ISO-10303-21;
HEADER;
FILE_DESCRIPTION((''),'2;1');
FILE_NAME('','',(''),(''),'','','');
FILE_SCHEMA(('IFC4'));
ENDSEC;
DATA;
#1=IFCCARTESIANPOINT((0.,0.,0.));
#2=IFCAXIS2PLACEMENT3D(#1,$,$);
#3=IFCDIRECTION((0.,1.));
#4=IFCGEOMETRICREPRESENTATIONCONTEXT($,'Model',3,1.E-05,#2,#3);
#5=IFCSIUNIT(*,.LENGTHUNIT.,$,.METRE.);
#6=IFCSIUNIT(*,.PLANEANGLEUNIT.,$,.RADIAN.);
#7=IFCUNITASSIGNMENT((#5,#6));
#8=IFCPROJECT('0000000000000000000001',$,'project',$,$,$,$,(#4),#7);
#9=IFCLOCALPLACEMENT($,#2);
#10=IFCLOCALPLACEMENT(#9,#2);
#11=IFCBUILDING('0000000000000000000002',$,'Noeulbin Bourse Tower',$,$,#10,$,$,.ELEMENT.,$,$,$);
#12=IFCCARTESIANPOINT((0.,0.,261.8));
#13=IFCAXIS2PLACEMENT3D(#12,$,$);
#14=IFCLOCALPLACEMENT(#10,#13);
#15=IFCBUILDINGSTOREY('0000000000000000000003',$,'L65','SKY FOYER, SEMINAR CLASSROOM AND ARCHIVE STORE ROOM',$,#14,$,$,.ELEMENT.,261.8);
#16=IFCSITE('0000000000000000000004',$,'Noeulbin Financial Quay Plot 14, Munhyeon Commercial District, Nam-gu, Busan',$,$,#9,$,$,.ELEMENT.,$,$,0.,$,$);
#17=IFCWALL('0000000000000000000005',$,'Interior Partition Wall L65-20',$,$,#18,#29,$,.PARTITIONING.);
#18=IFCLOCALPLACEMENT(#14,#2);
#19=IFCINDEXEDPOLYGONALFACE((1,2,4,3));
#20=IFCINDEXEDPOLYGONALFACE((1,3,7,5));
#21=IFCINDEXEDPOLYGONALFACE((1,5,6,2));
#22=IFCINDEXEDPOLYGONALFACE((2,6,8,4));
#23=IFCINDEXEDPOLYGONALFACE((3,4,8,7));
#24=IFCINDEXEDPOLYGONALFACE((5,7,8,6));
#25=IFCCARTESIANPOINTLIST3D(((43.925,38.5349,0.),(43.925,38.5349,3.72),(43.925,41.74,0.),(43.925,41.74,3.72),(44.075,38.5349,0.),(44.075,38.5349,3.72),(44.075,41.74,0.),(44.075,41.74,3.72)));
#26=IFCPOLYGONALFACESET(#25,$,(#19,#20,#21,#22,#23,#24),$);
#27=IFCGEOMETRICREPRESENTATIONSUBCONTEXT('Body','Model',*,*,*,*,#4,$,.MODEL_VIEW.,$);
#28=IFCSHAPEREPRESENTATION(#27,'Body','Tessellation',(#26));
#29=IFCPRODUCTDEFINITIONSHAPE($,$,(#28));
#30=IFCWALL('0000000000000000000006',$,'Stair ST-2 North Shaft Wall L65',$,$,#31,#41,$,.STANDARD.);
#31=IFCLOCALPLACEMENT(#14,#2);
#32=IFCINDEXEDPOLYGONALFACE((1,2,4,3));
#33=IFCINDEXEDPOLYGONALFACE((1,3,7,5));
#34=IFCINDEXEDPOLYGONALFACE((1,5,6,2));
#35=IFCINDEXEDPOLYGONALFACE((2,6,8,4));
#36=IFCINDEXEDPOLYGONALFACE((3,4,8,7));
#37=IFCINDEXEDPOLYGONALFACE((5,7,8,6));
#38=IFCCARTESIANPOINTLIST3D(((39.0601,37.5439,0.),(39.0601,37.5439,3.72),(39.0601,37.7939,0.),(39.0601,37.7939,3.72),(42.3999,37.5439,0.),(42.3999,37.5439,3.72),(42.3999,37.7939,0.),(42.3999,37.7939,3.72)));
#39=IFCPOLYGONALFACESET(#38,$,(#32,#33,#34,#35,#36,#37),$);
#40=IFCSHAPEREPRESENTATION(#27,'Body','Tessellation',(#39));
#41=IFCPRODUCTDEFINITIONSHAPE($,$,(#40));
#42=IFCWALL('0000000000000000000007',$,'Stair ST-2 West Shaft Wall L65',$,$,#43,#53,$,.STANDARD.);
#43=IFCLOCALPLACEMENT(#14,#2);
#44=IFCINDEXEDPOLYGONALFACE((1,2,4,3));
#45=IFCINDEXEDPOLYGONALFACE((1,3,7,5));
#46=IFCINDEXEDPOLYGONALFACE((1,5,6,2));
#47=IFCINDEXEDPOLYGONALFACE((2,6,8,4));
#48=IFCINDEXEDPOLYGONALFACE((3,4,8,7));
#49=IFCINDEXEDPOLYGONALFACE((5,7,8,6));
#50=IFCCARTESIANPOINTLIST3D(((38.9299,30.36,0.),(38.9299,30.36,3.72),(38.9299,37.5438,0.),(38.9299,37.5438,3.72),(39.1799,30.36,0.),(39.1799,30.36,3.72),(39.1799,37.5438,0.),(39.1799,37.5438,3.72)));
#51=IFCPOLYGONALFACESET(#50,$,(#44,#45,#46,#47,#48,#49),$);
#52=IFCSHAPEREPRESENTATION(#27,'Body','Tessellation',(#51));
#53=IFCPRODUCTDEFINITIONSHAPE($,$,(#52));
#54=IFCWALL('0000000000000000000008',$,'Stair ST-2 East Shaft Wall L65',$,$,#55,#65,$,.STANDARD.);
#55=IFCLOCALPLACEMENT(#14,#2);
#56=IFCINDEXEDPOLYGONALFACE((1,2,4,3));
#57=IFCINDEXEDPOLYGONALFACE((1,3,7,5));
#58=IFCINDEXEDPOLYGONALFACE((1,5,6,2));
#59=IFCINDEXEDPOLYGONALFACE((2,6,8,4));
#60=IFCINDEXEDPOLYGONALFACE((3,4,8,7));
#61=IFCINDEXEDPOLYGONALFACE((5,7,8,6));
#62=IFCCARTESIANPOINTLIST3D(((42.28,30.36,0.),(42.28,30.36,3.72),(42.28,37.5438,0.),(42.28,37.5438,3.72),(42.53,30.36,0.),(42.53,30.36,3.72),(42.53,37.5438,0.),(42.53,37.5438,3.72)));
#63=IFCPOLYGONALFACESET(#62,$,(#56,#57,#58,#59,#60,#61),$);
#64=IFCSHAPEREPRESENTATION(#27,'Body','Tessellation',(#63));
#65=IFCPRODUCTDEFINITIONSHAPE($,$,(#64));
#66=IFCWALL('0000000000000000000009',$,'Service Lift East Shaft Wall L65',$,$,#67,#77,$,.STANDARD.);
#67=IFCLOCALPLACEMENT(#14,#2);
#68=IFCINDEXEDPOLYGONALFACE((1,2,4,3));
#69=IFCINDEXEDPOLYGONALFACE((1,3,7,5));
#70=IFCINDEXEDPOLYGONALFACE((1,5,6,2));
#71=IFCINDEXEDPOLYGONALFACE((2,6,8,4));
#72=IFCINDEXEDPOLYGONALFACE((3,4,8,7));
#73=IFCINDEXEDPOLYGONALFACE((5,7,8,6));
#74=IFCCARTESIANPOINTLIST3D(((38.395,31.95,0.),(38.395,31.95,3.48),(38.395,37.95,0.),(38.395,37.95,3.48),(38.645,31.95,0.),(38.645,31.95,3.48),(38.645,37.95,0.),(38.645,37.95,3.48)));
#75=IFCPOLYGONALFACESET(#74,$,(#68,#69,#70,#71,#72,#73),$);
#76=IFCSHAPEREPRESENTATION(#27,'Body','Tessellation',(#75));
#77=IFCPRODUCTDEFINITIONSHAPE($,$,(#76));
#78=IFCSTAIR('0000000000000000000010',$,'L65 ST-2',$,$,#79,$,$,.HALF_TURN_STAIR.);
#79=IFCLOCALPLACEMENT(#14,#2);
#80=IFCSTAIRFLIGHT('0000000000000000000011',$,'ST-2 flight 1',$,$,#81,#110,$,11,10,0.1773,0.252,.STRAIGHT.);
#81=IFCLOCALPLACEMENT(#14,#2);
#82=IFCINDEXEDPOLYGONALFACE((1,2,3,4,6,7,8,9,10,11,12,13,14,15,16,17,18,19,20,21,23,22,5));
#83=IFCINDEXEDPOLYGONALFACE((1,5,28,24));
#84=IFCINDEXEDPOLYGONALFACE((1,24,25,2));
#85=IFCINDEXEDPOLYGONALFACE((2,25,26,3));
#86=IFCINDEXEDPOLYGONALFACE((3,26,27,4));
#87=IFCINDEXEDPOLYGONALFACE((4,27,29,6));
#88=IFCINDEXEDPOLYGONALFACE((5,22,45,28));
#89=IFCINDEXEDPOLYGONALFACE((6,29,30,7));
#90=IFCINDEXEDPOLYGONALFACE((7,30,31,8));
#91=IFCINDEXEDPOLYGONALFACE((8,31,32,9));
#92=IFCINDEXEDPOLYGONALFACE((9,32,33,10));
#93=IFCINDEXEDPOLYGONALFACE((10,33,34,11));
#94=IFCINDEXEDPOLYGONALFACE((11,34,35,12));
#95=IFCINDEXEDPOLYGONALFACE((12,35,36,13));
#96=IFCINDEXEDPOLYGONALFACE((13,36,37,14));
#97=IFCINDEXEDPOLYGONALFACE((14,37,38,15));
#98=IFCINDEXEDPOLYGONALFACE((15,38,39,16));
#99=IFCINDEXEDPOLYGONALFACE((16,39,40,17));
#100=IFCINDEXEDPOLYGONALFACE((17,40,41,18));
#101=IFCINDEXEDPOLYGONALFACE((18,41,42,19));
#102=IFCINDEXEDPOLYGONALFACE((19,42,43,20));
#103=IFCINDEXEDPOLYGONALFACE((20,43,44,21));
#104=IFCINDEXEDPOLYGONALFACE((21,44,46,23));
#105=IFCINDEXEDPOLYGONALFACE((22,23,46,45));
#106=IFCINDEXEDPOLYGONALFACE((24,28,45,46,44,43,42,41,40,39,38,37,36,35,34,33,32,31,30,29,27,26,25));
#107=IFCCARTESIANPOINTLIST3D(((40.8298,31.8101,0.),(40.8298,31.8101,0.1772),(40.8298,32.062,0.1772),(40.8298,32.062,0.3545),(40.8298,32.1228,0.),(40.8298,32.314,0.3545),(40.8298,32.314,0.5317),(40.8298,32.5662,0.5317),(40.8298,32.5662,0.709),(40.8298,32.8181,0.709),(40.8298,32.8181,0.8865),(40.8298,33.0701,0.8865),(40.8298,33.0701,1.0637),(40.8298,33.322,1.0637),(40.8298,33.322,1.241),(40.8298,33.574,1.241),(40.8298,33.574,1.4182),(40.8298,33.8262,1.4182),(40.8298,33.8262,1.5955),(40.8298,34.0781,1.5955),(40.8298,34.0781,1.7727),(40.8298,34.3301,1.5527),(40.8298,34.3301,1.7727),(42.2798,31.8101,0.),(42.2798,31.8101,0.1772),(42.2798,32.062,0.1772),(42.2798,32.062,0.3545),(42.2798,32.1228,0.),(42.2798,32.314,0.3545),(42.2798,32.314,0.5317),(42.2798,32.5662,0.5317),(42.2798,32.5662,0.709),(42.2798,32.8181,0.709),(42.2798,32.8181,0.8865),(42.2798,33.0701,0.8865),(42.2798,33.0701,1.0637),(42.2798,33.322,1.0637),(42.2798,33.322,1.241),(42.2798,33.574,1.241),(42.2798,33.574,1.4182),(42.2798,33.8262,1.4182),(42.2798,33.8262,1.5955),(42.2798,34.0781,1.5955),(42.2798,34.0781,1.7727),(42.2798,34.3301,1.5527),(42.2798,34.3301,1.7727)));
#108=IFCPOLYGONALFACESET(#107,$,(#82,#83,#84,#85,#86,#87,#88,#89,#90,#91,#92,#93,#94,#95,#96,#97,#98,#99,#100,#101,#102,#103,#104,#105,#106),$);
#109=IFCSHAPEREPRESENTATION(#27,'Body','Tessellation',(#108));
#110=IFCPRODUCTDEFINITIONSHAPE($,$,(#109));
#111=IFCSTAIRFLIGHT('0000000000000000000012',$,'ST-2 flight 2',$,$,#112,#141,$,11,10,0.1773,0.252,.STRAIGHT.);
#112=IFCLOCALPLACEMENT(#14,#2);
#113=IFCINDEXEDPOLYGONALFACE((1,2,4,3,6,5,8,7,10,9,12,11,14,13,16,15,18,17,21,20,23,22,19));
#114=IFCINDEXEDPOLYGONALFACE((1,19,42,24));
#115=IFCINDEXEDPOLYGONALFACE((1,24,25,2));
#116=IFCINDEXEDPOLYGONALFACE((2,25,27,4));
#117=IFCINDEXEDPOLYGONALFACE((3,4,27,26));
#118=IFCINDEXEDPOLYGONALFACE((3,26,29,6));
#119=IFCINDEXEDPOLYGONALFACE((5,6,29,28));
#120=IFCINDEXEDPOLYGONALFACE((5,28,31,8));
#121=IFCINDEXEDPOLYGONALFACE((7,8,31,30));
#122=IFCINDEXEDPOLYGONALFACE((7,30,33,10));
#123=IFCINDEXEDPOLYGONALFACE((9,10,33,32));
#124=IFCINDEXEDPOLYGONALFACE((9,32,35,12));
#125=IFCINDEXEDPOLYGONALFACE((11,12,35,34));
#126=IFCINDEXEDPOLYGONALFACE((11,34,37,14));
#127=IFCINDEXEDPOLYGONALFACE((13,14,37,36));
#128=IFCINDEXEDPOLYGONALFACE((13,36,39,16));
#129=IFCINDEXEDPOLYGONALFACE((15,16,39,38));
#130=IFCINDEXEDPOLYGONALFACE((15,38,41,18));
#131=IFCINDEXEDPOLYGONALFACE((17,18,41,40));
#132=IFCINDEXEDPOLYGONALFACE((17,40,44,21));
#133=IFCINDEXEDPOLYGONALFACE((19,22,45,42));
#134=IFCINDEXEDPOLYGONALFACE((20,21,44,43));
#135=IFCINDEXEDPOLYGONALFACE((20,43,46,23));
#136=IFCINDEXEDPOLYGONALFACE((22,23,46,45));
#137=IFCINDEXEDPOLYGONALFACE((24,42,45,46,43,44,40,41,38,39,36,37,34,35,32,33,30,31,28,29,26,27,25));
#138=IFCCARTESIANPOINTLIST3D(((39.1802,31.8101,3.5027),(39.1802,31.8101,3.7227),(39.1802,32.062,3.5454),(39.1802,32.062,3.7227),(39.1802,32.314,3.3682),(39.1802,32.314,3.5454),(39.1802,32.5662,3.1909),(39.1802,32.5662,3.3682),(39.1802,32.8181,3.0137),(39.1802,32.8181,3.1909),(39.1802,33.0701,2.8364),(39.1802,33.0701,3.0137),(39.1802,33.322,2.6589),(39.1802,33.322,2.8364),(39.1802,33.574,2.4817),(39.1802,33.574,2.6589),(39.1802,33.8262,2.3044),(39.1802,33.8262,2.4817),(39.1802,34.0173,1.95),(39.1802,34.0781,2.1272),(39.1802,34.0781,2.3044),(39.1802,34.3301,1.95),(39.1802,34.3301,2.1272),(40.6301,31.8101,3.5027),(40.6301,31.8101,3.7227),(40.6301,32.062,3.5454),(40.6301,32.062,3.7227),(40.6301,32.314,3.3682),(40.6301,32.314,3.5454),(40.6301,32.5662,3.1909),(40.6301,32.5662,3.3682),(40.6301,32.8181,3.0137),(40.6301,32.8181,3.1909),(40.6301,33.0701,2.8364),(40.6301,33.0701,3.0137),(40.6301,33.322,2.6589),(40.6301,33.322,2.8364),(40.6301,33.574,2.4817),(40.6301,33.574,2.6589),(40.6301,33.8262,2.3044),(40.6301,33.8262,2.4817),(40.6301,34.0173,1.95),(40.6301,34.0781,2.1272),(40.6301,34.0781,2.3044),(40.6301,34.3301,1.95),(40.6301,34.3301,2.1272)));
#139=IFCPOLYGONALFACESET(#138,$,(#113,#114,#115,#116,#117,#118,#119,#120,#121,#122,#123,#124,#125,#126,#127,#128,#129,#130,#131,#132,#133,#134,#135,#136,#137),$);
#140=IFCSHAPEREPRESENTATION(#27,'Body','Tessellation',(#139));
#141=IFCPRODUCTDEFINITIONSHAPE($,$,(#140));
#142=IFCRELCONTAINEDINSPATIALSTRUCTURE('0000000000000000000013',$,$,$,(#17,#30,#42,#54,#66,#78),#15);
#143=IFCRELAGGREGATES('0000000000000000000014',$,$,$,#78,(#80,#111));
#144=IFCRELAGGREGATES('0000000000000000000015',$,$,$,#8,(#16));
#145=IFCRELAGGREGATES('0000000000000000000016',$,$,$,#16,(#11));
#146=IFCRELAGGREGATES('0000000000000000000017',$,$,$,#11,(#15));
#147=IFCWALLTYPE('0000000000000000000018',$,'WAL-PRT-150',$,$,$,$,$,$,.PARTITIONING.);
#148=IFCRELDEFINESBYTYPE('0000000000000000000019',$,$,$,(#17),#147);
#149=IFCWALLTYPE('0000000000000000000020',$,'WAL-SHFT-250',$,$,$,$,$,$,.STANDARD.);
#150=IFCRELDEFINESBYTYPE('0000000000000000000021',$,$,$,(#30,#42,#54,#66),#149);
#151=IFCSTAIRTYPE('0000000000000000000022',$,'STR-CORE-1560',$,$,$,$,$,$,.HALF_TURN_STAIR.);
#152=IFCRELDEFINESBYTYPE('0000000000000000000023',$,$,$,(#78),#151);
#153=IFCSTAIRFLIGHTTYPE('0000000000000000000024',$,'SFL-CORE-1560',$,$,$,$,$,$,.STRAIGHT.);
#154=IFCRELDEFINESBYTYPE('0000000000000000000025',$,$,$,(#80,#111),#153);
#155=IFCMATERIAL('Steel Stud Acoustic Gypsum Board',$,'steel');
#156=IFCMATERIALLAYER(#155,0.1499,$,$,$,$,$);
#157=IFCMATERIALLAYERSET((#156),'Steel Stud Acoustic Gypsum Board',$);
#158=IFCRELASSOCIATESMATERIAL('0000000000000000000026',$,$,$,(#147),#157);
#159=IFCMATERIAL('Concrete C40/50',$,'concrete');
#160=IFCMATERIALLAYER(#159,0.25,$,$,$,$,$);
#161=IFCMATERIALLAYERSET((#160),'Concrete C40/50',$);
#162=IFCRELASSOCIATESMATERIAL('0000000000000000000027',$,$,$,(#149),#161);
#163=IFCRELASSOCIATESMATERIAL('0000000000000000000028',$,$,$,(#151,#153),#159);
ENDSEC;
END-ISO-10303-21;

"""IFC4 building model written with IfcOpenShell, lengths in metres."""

from ifc_helpers import new_model, si_unit, direction, frame, frame_2d, origin, place, context, subcontext, project, spatial, polyline, rectangle, outline, extrude, material, layer, layer_set, type_object, element, aggregate, save


model = new_model("IFC4")

# Units and contexts
model_context = context("Model", 3, precision=1e-05, world=origin(), true_north=direction((0.0, 1.0)))
body_context = subcontext(model_context, "Body", "Model", "MODEL_VIEW")
ifc_project = project(units=[si_unit("LENGTHUNIT", "METRE"), si_unit("PLANEANGLEUNIT", "RADIAN")], contexts=[model_context])

# Site, building, storey
site_placement = place(None, origin())
site = spatial("IfcSite", under=ifc_project, at=site_placement, Name="Noeulbin Financial Quay Plot 14, Munhyeon Commercial District, Nam-gu, Busan", CompositionType="ELEMENT", RefElevation=0.0)
building_placement = place(site_placement, origin())
building = spatial("IfcBuilding", under=site, at=building_placement, Name="Noeulbin Bourse Tower", CompositionType="ELEMENT")
storey_placement = place(building_placement, frame((0.0, 0.0, 261.8)))
storey = spatial("IfcBuildingStorey", under=building, at=storey_placement, Name="L65", Description="SKY FOYER, SEMINAR CLASSROOM AND ARCHIVE STORE ROOM", CompositionType="ELEMENT", Elevation=261.8)

# Walls
ifc_material_1 = material(Name="Concrete C40/50", Category="concrete")
ifc_material_2 = material(Name="Steel Stud Acoustic Gypsum Board", Category="steel")
ifc_layer_1 = layer(ifc_material_2, 0.1499)
ifc_layer_set_1 = layer_set([ifc_layer_1], Name="Steel Stud Acoustic Gypsum Board")
wall_type_1 = type_object("IfcWallType", Name="WAL-PRT-150", PredefinedType="PARTITIONING", material=ifc_layer_set_1)
wall_1_placement = place(storey_placement, frame((44.0, 38.5349, 0.0), z_axis=(0.0, 0.0, 1.0), x_axis=(0.0, 1.0, 0.0)))
element("IfcWall", 1, at=wall_1_placement, inside=storey, type_object=wall_type_1, Name="Interior Partition Wall L65-20", PredefinedType="PARTITIONING", context=body_context, shape_type="SweptSolid", body=[
    extrude(rectangle(XDim=3.2051, YDim=0.1499, at=frame_2d((1.6025, 0.0))), origin(), (0.0, 0.0, 1.0), 3.72),
])
ifc_layer_2 = layer(ifc_material_1, 0.25)
ifc_layer_set_2 = layer_set([ifc_layer_2], Name="Concrete C40/50")
wall_type_2 = type_object("IfcWallType", Name="WAL-SHFT-250", PredefinedType="STANDARD", material=ifc_layer_set_2)
wall_2_placement = place(storey_placement, frame((39.0601, 37.6689, 0.0), z_axis=(0.0, 0.0, 1.0), x_axis=(1.0, 0.0, 0.0)))
element("IfcWall", 2, at=wall_2_placement, inside=storey, type_object=wall_type_2, Name="Stair ST-2 North Shaft Wall L65", PredefinedType="STANDARD", context=body_context, shape_type="SweptSolid", body=[
    extrude(rectangle(XDim=3.3398, YDim=0.25, at=frame_2d((1.6699, 0.0))), origin(), (0.0, 0.0, 1.0), 3.72),
])
for number, where, z_axis, x_axis, name in (
    (3, (39.0549, 30.3601, 0.0), (0.0, 0.0, 1.0), (0.0, 1.0, 0.0), "Stair ST-2 West Shaft Wall L65"),
    (4, (42.405, 30.3601, 0.0), (0.0, 0.0, 1.0), (0.0, 1.0, 0.0), "Stair ST-2 East Shaft Wall L65"),
):
    element("IfcWall", number, at=place(storey_placement, frame(where, z_axis=z_axis, x_axis=x_axis)), inside=storey, type_object=wall_type_2, Name=name, PredefinedType="STANDARD", context=body_context, shape_type="SweptSolid", body=[
        extrude(rectangle(XDim=7.1838, YDim=0.25, at=frame_2d((3.5918, 0.0))), origin(), (0.0, 0.0, 1.0), 3.72),
    ])
wall_3_placement = place(storey_placement, frame((38.52, 31.95, 0.0), z_axis=(0.0, 0.0, 1.0), x_axis=(0.0, 1.0, 0.0)))
element("IfcWall", 5, at=wall_3_placement, inside=storey, type_object=wall_type_2, Name="Service Lift East Shaft Wall L65", PredefinedType="STANDARD", context=body_context, shape_type="SweptSolid", body=[
    extrude(rectangle(XDim=6.0, YDim=0.25, at=frame_2d((3.0, 0.0))), origin(), (0.0, 0.0, 1.0), 3.48),
])

# Stair, stair flights
stair_type = type_object("IfcStairType", Name="STR-CORE-1560", PredefinedType="HALF_TURN_STAIR", material=ifc_material_1)
stair_placement = place(storey_placement, origin())
stair = element("IfcStair", 6, at=stair_placement, inside=storey, type_object=stair_type, Name="L65 ST-2", PredefinedType="HALF_TURN_STAIR")
stair_flight_type = type_object("IfcStairFlightType", Name="SFL-CORE-1560", PredefinedType="STRAIGHT", material=ifc_material_1)
stair_flight_1_placement = place(storey_placement, frame((41.5549, 31.8101, 0.0), z_axis=(0.0, 0.0, 1.0), x_axis=(0.0, 1.0, 0.0)))
stair_flight_1 = element("IfcStairFlight", 7, at=stair_flight_1_placement, type_object=stair_flight_type, Name="ST-2 flight 1", NumberOfRisers=11, NumberOfTreads=10, PredefinedType="STRAIGHT", RiserHeight=0.1773, TreadLength=0.252, context=body_context, shape_type="SweptSolid", body=[
    extrude(outline(polyline([(0.0, 0.0), (0.0, 0.1772), (0.252, 0.1772), (0.252, 0.3545), (0.5039, 0.3545), (0.5039, 0.5317), (0.7561, 0.5317), (0.7561, 0.709), (1.0081, 0.709), (1.0081, 0.8865), (1.26, 0.8865), (1.26, 1.0637), (1.512, 1.0637), (1.512, 1.241), (1.7639, 1.241), (1.7639, 1.4182), (2.0161, 1.4182), (2.0161, 1.5955), (2.2681, 1.5955), (2.2681, 1.7727), (2.52, 1.7727), (2.52, 1.95), (2.52, 1.5527), (0.3127, 0.0), (0.0, 0.0)])), frame((0.0, 0.7251, 0.0), z_axis=(0.0, -1.0, 0.0), x_axis=(1.0, 0.0, 0.0)), (0.0, 0.0, 1.0), 1.45),
])
stair_flight_2_placement = place(storey_placement, frame((39.905, 34.3301, 1.95), z_axis=(0.0, 0.0, 1.0), x_axis=(0.0, -1.0, 0.0)))
stair_flight_2 = element("IfcStairFlight", 8, at=stair_flight_2_placement, type_object=stair_flight_type, Name="ST-2 flight 2", NumberOfRisers=11, NumberOfTreads=10, PredefinedType="STRAIGHT", RiserHeight=0.1773, TreadLength=0.252, context=body_context, shape_type="SweptSolid", body=[
    extrude(outline(polyline([(0.0, 0.0), (0.0, 0.1772), (0.252, 0.1772), (0.252, 0.3545), (0.5039, 0.3545), (0.5039, 0.5317), (0.7561, 0.5317), (0.7561, 0.709), (1.0081, 0.709), (1.0081, 0.8865), (1.26, 0.8865), (1.26, 1.0637), (1.512, 1.0637), (1.512, 1.241), (1.7639, 1.241), (1.7639, 1.4182), (2.0161, 1.4182), (2.0161, 1.5955), (2.2681, 1.5955), (2.2681, 1.7727), (2.52, 1.7727), (2.52, 1.95), (2.52, 1.5527), (0.3127, 0.0), (0.0, 0.0)])), frame((0.0, 0.7251, 0.0), z_axis=(0.0, -1.0, 0.0), x_axis=(1.0, 0.0, 0.0)), (0.0, 0.0, 1.0), 1.45),
])
aggregate(stair, [stair_flight_1, stair_flight_2])

save(model, "model.ifc")
